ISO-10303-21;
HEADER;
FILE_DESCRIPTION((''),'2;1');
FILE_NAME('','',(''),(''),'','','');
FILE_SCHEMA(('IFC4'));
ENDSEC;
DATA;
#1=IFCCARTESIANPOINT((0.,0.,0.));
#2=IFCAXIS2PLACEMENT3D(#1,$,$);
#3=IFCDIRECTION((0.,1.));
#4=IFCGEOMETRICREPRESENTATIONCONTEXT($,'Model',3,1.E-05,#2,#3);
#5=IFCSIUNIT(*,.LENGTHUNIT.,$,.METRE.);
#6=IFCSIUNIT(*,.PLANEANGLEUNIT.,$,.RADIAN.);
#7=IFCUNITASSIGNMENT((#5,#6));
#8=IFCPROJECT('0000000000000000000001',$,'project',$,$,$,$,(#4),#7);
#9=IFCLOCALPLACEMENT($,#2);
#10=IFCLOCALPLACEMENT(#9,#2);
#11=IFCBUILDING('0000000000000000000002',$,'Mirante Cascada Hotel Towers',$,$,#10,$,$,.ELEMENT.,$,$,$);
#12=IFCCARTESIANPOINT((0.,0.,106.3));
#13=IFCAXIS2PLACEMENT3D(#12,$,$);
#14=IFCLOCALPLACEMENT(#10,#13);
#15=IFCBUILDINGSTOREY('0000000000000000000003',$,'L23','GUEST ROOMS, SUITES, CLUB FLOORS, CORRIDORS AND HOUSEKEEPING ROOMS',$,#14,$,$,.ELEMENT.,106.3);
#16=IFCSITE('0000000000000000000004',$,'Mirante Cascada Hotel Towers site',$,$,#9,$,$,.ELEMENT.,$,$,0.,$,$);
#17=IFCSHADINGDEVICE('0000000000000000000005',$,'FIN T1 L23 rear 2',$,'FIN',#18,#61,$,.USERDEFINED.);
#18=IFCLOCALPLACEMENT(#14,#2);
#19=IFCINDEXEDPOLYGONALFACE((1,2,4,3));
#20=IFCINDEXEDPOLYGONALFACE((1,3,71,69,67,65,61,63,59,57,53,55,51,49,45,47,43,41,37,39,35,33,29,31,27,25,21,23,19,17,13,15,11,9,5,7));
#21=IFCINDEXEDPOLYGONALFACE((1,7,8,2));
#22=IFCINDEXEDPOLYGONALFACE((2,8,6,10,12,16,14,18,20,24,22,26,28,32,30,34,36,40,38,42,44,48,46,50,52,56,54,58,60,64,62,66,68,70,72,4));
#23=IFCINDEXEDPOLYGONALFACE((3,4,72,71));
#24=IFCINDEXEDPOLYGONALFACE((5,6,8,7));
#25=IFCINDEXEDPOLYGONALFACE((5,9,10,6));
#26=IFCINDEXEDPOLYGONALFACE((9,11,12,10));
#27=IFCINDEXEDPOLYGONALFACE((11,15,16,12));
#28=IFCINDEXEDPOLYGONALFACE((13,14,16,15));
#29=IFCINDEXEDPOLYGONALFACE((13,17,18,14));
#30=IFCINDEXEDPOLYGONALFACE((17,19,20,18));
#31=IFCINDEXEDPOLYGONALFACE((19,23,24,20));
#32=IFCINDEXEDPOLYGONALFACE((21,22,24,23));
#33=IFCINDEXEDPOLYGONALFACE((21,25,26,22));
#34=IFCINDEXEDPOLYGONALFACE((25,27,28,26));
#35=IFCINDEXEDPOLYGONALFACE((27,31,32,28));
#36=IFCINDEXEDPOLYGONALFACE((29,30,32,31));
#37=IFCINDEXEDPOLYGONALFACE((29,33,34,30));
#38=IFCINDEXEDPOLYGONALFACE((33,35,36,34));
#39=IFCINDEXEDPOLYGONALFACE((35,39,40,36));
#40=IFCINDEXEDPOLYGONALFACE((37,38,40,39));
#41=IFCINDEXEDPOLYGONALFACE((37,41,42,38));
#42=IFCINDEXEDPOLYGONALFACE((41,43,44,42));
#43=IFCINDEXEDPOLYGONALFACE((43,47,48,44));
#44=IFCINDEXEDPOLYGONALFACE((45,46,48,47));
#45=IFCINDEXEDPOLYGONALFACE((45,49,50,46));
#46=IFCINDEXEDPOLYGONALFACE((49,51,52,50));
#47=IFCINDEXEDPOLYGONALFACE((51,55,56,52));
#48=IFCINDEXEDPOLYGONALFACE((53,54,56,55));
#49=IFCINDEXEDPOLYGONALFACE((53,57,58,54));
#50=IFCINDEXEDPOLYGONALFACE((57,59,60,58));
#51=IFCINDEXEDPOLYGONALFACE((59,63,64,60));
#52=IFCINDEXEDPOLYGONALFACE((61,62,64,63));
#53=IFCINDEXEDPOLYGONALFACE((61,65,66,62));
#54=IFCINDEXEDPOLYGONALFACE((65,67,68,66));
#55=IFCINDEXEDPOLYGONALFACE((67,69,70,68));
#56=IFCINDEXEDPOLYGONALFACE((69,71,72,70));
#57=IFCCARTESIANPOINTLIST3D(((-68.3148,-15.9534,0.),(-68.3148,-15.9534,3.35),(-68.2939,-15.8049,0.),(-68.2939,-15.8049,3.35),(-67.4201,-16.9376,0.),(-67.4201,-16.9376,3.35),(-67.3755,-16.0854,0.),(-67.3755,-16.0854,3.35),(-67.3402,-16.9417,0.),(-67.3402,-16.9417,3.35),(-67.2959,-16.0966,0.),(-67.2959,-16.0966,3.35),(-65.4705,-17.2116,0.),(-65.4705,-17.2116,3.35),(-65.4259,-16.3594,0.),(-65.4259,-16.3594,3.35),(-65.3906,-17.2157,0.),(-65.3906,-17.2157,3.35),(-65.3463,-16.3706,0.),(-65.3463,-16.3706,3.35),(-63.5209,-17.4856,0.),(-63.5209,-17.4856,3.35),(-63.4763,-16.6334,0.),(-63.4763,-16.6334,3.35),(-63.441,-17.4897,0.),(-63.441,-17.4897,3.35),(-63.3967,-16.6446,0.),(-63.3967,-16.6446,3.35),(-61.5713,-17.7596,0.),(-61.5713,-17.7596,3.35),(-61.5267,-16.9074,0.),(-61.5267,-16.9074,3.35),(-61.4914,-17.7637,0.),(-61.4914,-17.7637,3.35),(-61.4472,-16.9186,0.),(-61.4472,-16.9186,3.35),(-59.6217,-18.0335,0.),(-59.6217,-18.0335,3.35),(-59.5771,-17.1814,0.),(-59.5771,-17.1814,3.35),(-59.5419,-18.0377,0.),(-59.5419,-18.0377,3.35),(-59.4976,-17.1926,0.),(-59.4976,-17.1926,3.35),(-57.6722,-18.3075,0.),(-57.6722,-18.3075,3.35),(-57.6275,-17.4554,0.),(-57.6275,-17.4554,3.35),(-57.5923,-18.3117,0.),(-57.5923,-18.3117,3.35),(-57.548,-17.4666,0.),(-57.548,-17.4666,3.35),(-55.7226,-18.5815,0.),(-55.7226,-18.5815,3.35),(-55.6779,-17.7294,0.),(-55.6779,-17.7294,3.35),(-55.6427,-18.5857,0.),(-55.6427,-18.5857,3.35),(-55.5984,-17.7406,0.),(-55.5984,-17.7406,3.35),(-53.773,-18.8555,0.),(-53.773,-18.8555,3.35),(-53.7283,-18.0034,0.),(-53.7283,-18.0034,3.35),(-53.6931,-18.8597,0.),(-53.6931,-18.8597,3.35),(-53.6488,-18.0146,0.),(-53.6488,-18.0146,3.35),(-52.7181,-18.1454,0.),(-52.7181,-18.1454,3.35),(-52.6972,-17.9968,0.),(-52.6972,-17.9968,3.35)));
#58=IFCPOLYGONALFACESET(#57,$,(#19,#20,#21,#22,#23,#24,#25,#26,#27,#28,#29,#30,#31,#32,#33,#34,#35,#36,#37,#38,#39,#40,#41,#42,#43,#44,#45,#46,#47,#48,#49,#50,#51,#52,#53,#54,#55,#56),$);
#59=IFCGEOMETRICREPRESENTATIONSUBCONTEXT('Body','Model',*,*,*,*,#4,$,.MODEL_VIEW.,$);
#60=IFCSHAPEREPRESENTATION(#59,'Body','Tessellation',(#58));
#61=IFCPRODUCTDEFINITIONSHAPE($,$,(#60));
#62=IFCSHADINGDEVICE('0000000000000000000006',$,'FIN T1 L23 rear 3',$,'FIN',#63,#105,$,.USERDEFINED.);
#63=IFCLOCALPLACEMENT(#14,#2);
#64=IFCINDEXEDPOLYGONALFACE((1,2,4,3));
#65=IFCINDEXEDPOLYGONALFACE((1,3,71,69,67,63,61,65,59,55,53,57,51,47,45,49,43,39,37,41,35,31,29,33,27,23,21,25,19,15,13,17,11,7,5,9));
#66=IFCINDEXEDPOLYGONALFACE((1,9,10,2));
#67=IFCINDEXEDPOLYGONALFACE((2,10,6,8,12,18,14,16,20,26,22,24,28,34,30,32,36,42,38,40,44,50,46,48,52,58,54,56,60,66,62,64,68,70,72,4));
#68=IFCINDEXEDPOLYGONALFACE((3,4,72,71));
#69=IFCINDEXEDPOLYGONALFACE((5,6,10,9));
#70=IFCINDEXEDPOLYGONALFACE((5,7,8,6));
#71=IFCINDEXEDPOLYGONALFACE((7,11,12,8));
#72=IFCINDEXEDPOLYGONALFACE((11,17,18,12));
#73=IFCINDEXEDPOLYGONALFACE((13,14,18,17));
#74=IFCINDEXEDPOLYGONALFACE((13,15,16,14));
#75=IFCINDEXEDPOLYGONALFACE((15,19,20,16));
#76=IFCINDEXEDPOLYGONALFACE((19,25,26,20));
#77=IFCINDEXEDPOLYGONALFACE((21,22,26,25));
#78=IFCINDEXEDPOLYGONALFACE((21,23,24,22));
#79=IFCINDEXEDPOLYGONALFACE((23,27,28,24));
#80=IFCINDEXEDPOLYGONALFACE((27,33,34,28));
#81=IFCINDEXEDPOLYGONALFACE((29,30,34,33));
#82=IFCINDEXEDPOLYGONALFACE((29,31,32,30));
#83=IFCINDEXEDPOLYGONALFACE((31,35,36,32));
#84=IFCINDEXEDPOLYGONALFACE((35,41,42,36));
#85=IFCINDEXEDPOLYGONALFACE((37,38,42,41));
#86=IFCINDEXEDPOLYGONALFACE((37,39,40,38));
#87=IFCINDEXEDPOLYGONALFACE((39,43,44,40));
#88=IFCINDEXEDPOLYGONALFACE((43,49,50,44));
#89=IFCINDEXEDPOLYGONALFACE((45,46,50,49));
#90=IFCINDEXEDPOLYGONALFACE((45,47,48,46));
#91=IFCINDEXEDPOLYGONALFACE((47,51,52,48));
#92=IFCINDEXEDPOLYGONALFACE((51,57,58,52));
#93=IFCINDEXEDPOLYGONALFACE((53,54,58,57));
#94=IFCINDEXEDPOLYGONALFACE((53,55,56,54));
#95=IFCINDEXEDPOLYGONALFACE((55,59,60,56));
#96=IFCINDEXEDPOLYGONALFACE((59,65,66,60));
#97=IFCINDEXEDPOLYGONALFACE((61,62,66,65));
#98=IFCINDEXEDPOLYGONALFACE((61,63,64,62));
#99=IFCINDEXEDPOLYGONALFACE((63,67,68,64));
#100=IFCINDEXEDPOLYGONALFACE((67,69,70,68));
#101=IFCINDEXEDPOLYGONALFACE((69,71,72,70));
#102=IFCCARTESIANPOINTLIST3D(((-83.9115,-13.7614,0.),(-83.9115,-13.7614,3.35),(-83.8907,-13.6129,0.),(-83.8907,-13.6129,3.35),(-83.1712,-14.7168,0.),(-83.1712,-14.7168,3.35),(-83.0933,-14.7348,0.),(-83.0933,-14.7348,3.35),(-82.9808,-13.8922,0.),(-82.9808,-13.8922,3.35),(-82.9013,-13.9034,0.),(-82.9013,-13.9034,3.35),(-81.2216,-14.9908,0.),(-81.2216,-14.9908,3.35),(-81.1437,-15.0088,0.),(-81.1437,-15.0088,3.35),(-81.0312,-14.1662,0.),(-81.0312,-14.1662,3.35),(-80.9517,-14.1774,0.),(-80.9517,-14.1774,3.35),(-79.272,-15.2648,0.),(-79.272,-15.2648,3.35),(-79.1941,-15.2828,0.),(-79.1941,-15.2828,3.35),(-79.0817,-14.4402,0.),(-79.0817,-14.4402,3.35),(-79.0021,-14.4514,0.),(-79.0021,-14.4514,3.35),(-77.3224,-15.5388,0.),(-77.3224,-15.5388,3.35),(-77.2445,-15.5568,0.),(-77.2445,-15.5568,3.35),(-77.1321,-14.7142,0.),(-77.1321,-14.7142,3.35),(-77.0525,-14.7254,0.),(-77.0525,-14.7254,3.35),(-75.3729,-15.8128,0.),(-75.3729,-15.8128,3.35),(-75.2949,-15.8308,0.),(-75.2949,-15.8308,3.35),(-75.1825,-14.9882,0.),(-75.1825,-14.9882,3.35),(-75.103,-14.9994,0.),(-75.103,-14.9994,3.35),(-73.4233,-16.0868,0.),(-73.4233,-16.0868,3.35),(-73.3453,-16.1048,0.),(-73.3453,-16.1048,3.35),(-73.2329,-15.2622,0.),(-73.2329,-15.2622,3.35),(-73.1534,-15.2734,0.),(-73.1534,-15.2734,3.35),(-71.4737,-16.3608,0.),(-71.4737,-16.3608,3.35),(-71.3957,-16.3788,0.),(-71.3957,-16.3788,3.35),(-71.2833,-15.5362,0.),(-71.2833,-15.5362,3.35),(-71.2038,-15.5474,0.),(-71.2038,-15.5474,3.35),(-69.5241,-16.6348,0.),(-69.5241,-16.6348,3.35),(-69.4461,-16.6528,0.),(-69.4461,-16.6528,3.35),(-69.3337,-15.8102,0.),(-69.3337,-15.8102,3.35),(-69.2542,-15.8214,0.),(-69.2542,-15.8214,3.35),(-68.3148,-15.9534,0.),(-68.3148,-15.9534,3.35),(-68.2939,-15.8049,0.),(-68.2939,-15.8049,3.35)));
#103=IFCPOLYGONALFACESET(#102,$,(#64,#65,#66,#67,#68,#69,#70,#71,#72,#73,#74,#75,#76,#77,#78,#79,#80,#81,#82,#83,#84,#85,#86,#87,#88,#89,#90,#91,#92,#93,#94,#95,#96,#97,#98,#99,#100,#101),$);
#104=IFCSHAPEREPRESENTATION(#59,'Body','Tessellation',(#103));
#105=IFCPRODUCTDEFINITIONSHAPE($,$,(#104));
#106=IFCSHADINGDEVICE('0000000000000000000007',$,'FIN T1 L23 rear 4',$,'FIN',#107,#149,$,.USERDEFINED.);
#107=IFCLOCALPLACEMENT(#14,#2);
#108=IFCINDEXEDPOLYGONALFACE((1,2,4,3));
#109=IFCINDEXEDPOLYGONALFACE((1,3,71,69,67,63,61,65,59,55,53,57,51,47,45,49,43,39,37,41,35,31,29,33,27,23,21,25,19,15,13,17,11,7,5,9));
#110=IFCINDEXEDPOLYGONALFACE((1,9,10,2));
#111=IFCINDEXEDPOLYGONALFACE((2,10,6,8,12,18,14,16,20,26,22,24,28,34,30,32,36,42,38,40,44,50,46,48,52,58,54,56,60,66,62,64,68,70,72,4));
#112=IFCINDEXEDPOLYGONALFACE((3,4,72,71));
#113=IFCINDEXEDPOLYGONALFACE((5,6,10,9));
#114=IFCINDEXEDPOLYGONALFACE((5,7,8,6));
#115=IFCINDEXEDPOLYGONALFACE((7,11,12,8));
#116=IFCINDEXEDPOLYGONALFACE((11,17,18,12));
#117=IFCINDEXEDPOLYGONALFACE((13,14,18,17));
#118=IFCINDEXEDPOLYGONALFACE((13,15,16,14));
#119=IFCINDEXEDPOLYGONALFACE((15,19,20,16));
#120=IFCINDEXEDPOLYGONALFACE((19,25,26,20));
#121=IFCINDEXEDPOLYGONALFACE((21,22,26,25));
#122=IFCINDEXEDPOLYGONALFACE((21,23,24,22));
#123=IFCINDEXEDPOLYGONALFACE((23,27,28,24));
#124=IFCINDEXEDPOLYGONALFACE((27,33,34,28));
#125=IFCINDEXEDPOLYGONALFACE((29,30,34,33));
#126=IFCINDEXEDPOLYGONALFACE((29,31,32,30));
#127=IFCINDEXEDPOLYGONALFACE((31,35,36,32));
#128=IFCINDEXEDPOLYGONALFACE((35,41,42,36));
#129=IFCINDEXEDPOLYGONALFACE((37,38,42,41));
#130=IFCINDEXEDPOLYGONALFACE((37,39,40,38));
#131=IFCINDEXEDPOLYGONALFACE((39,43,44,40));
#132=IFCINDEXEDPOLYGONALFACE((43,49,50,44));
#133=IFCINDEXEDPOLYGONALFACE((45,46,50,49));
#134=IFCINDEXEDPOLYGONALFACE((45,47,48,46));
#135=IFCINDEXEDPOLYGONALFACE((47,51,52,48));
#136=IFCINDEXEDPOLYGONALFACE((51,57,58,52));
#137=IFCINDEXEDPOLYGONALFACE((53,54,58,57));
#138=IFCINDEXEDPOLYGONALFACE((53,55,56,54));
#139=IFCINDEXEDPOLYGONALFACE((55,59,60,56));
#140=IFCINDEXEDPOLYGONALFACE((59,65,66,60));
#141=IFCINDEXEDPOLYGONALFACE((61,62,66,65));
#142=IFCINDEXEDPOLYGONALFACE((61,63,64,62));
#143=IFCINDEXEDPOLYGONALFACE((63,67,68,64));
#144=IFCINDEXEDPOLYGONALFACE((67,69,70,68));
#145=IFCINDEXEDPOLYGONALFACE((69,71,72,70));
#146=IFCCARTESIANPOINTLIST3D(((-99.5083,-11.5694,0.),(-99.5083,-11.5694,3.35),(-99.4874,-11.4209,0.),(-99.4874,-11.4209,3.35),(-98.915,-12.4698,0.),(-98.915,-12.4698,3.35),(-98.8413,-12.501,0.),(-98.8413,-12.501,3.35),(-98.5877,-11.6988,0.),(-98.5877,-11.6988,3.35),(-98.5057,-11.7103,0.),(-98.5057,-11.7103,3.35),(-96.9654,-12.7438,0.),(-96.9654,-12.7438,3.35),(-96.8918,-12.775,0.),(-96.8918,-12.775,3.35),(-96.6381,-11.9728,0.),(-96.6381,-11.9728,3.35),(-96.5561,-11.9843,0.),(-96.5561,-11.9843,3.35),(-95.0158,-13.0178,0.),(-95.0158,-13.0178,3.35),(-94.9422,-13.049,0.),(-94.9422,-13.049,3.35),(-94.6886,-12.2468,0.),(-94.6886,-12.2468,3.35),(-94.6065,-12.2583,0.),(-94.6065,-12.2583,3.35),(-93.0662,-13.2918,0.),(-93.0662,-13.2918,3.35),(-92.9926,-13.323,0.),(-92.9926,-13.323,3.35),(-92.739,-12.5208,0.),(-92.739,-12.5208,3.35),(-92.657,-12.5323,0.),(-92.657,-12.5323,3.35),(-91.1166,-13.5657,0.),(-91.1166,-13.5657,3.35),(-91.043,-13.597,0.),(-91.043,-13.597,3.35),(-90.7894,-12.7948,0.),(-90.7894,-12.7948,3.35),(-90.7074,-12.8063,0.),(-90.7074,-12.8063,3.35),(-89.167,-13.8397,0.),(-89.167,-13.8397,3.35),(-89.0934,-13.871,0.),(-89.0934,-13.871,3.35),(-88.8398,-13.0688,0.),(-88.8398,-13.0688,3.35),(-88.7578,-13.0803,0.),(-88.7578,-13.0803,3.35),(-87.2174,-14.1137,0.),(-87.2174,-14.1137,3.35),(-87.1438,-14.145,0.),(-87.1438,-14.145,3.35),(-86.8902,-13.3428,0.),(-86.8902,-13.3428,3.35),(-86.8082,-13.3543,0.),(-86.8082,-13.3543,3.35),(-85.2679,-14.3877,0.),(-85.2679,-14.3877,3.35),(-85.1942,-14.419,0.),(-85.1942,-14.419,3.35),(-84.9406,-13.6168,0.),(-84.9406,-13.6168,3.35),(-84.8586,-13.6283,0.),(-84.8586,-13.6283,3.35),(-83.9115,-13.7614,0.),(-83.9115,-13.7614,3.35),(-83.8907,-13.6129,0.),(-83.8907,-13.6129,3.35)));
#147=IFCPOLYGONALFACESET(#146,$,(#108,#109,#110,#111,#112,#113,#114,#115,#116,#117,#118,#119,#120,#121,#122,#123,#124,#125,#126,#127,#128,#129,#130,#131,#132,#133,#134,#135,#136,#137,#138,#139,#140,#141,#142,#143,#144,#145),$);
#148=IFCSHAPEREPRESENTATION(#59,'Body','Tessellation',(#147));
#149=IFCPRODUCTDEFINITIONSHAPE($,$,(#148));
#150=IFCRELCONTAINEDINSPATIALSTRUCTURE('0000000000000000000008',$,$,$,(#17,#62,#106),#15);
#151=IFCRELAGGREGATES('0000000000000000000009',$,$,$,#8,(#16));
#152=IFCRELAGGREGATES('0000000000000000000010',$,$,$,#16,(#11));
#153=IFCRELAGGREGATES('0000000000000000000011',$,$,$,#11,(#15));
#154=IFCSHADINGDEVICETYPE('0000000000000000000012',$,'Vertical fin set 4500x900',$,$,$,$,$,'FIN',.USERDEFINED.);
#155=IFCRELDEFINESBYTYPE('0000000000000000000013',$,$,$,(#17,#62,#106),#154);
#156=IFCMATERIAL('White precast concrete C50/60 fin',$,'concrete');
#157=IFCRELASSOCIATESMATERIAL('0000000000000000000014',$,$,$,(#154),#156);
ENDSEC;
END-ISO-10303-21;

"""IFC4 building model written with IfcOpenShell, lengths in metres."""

from ifc_helpers import new_model, si_unit, direction, frame, origin, place, context, subcontext, project, spatial, polyline, outline, extrude, material, type_object, element, save


model = new_model("IFC4")

# Units and contexts
model_context = context("Model", 3, precision=1e-05, world=origin(), true_north=direction((0.0, 1.0)))
body_context = subcontext(model_context, "Body", "Model", "MODEL_VIEW")
ifc_project = project(units=[si_unit("LENGTHUNIT", "METRE"), si_unit("PLANEANGLEUNIT", "RADIAN")], contexts=[model_context])

# Site, building, storey
site_placement = place(None, origin())
site = spatial("IfcSite", under=ifc_project, at=site_placement, Name="Mirante Cascada Hotel Towers site", CompositionType="ELEMENT", RefElevation=0.0)
building_placement = place(site_placement, origin())
building = spatial("IfcBuilding", under=site, at=building_placement, Name="Mirante Cascada Hotel Towers", CompositionType="ELEMENT")
storey_placement = place(building_placement, frame((0.0, 0.0, 106.3)))
storey = spatial("IfcBuildingStorey", under=building, at=storey_placement, Name="L23", Description="GUEST ROOMS, SUITES, CLUB FLOORS, CORRIDORS AND HOUSEKEEPING ROOMS", CompositionType="ELEMENT", Elevation=106.3)

# Shading devices
ifc_material_1 = material(Name="White precast concrete C50/60 fin", Category="concrete")
shading_device_type = type_object("IfcShadingDeviceType", Name="Vertical fin set 4500x900", ElementType="FIN", PredefinedType="USERDEFINED", material=ifc_material_1)
shading_device_1_placement = place(storey_placement, origin())
element("IfcShadingDevice", 1, at=shading_device_1_placement, inside=storey, type_object=shading_device_type, Name="FIN T1 L23 rear 2", ObjectType="FIN", PredefinedType="USERDEFINED", context=body_context, shape_type="SweptSolid", body=[
    extrude(outline(polyline([(-53.7283, -18.0034), (-55.5984, -17.7406), (-55.6427, -18.5857), (-55.7226, -18.5815), (-55.6779, -17.7294), (-57.548, -17.4666), (-57.5923, -18.3117), (-57.6722, -18.3075), (-57.6275, -17.4554), (-59.4976, -17.1926), (-59.5419, -18.0377), (-59.6217, -18.0335), (-59.5771, -17.1814), (-61.4472, -16.9186), (-61.4914, -17.7637), (-61.5713, -17.7596), (-61.5267, -16.9074), (-63.3967, -16.6446), (-63.441, -17.4897), (-63.5209, -17.4856), (-63.4763, -16.6334), (-65.3463, -16.3706), (-65.3906, -17.2157), (-65.4705, -17.2116), (-65.4259, -16.3594), (-67.2959, -16.0966), (-67.3402, -16.9417), (-67.4201, -16.9376), (-67.3755, -16.0854), (-68.3148, -15.9534), (-68.2939, -15.8049), (-52.6972, -17.9968), (-52.7181, -18.1454), (-53.6488, -18.0146), (-53.6931, -18.8597), (-53.773, -18.8555), (-53.7283, -18.0034)])), origin(), (0.0, 0.0, 1.0), 3.35),
])
shading_device_2_placement = place(storey_placement, origin())
element("IfcShadingDevice", 2, at=shading_device_2_placement, inside=storey, type_object=shading_device_type, Name="FIN T1 L23 rear 3", ObjectType="FIN", PredefinedType="USERDEFINED", context=body_context, shape_type="SweptSolid", body=[
    extrude(outline(polyline([(-69.3337, -15.8102), (-71.2038, -15.5474), (-71.3957, -16.3788), (-71.4737, -16.3608), (-71.2833, -15.5362), (-73.1534, -15.2734), (-73.3453, -16.1048), (-73.4233, -16.0868), (-73.2329, -15.2622), (-75.103, -14.9994), (-75.2949, -15.8308), (-75.3729, -15.8128), (-75.1825, -14.9882), (-77.0525, -14.7254), (-77.2445, -15.5568), (-77.3224, -15.5388), (-77.1321, -14.7142), (-79.0021, -14.4514), (-79.1941, -15.2828), (-79.272, -15.2648), (-79.0817, -14.4402), (-80.9517, -14.1774), (-81.1437, -15.0088), (-81.2216, -14.9908), (-81.0312, -14.1662), (-82.9013, -13.9034), (-83.0933, -14.7348), (-83.1712, -14.7168), (-82.9808, -13.8922), (-83.9115, -13.7614), (-83.8907, -13.6129), (-68.2939, -15.8049), (-68.3148, -15.9534), (-69.2542, -15.8214), (-69.4461, -16.6528), (-69.5241, -16.6348), (-69.3337, -15.8102)])), origin(), (0.0, 0.0, 1.0), 3.35),
])
shading_device_3_placement = place(storey_placement, origin())
element("IfcShadingDevice", 3, at=shading_device_3_placement, inside=storey, type_object=shading_device_type, Name="FIN T1 L23 rear 4", ObjectType="FIN", PredefinedType="USERDEFINED", context=body_context, shape_type="SweptSolid", body=[
    extrude(outline(polyline([(-84.9406, -13.6168), (-86.8082, -13.3543), (-87.1438, -14.145), (-87.2174, -14.1137), (-86.8902, -13.3428), (-88.7578, -13.0803), (-89.0934, -13.871), (-89.167, -13.8397), (-88.8398, -13.0688), (-90.7074, -12.8063), (-91.043, -13.597), (-91.1166, -13.5657), (-90.7894, -12.7948), (-92.657, -12.5323), (-92.9926, -13.323), (-93.0662, -13.2918), (-92.739, -12.5208), (-94.6065, -12.2583), (-94.9422, -13.049), (-95.0158, -13.0178), (-94.6886, -12.2468), (-96.5561, -11.9843), (-96.8918, -12.775), (-96.9654, -12.7438), (-96.6381, -11.9728), (-98.5057, -11.7103), (-98.8413, -12.501), (-98.915, -12.4698), (-98.5877, -11.6988), (-99.5083, -11.5694), (-99.4874, -11.4209), (-83.8907, -13.6129), (-83.9115, -13.7614), (-84.8586, -13.6283), (-85.1942, -14.419), (-85.2679, -14.3877), (-84.9406, -13.6168)])), origin(), (0.0, 0.0, 1.0), 3.35),
])

save(model, "model.ifc")
